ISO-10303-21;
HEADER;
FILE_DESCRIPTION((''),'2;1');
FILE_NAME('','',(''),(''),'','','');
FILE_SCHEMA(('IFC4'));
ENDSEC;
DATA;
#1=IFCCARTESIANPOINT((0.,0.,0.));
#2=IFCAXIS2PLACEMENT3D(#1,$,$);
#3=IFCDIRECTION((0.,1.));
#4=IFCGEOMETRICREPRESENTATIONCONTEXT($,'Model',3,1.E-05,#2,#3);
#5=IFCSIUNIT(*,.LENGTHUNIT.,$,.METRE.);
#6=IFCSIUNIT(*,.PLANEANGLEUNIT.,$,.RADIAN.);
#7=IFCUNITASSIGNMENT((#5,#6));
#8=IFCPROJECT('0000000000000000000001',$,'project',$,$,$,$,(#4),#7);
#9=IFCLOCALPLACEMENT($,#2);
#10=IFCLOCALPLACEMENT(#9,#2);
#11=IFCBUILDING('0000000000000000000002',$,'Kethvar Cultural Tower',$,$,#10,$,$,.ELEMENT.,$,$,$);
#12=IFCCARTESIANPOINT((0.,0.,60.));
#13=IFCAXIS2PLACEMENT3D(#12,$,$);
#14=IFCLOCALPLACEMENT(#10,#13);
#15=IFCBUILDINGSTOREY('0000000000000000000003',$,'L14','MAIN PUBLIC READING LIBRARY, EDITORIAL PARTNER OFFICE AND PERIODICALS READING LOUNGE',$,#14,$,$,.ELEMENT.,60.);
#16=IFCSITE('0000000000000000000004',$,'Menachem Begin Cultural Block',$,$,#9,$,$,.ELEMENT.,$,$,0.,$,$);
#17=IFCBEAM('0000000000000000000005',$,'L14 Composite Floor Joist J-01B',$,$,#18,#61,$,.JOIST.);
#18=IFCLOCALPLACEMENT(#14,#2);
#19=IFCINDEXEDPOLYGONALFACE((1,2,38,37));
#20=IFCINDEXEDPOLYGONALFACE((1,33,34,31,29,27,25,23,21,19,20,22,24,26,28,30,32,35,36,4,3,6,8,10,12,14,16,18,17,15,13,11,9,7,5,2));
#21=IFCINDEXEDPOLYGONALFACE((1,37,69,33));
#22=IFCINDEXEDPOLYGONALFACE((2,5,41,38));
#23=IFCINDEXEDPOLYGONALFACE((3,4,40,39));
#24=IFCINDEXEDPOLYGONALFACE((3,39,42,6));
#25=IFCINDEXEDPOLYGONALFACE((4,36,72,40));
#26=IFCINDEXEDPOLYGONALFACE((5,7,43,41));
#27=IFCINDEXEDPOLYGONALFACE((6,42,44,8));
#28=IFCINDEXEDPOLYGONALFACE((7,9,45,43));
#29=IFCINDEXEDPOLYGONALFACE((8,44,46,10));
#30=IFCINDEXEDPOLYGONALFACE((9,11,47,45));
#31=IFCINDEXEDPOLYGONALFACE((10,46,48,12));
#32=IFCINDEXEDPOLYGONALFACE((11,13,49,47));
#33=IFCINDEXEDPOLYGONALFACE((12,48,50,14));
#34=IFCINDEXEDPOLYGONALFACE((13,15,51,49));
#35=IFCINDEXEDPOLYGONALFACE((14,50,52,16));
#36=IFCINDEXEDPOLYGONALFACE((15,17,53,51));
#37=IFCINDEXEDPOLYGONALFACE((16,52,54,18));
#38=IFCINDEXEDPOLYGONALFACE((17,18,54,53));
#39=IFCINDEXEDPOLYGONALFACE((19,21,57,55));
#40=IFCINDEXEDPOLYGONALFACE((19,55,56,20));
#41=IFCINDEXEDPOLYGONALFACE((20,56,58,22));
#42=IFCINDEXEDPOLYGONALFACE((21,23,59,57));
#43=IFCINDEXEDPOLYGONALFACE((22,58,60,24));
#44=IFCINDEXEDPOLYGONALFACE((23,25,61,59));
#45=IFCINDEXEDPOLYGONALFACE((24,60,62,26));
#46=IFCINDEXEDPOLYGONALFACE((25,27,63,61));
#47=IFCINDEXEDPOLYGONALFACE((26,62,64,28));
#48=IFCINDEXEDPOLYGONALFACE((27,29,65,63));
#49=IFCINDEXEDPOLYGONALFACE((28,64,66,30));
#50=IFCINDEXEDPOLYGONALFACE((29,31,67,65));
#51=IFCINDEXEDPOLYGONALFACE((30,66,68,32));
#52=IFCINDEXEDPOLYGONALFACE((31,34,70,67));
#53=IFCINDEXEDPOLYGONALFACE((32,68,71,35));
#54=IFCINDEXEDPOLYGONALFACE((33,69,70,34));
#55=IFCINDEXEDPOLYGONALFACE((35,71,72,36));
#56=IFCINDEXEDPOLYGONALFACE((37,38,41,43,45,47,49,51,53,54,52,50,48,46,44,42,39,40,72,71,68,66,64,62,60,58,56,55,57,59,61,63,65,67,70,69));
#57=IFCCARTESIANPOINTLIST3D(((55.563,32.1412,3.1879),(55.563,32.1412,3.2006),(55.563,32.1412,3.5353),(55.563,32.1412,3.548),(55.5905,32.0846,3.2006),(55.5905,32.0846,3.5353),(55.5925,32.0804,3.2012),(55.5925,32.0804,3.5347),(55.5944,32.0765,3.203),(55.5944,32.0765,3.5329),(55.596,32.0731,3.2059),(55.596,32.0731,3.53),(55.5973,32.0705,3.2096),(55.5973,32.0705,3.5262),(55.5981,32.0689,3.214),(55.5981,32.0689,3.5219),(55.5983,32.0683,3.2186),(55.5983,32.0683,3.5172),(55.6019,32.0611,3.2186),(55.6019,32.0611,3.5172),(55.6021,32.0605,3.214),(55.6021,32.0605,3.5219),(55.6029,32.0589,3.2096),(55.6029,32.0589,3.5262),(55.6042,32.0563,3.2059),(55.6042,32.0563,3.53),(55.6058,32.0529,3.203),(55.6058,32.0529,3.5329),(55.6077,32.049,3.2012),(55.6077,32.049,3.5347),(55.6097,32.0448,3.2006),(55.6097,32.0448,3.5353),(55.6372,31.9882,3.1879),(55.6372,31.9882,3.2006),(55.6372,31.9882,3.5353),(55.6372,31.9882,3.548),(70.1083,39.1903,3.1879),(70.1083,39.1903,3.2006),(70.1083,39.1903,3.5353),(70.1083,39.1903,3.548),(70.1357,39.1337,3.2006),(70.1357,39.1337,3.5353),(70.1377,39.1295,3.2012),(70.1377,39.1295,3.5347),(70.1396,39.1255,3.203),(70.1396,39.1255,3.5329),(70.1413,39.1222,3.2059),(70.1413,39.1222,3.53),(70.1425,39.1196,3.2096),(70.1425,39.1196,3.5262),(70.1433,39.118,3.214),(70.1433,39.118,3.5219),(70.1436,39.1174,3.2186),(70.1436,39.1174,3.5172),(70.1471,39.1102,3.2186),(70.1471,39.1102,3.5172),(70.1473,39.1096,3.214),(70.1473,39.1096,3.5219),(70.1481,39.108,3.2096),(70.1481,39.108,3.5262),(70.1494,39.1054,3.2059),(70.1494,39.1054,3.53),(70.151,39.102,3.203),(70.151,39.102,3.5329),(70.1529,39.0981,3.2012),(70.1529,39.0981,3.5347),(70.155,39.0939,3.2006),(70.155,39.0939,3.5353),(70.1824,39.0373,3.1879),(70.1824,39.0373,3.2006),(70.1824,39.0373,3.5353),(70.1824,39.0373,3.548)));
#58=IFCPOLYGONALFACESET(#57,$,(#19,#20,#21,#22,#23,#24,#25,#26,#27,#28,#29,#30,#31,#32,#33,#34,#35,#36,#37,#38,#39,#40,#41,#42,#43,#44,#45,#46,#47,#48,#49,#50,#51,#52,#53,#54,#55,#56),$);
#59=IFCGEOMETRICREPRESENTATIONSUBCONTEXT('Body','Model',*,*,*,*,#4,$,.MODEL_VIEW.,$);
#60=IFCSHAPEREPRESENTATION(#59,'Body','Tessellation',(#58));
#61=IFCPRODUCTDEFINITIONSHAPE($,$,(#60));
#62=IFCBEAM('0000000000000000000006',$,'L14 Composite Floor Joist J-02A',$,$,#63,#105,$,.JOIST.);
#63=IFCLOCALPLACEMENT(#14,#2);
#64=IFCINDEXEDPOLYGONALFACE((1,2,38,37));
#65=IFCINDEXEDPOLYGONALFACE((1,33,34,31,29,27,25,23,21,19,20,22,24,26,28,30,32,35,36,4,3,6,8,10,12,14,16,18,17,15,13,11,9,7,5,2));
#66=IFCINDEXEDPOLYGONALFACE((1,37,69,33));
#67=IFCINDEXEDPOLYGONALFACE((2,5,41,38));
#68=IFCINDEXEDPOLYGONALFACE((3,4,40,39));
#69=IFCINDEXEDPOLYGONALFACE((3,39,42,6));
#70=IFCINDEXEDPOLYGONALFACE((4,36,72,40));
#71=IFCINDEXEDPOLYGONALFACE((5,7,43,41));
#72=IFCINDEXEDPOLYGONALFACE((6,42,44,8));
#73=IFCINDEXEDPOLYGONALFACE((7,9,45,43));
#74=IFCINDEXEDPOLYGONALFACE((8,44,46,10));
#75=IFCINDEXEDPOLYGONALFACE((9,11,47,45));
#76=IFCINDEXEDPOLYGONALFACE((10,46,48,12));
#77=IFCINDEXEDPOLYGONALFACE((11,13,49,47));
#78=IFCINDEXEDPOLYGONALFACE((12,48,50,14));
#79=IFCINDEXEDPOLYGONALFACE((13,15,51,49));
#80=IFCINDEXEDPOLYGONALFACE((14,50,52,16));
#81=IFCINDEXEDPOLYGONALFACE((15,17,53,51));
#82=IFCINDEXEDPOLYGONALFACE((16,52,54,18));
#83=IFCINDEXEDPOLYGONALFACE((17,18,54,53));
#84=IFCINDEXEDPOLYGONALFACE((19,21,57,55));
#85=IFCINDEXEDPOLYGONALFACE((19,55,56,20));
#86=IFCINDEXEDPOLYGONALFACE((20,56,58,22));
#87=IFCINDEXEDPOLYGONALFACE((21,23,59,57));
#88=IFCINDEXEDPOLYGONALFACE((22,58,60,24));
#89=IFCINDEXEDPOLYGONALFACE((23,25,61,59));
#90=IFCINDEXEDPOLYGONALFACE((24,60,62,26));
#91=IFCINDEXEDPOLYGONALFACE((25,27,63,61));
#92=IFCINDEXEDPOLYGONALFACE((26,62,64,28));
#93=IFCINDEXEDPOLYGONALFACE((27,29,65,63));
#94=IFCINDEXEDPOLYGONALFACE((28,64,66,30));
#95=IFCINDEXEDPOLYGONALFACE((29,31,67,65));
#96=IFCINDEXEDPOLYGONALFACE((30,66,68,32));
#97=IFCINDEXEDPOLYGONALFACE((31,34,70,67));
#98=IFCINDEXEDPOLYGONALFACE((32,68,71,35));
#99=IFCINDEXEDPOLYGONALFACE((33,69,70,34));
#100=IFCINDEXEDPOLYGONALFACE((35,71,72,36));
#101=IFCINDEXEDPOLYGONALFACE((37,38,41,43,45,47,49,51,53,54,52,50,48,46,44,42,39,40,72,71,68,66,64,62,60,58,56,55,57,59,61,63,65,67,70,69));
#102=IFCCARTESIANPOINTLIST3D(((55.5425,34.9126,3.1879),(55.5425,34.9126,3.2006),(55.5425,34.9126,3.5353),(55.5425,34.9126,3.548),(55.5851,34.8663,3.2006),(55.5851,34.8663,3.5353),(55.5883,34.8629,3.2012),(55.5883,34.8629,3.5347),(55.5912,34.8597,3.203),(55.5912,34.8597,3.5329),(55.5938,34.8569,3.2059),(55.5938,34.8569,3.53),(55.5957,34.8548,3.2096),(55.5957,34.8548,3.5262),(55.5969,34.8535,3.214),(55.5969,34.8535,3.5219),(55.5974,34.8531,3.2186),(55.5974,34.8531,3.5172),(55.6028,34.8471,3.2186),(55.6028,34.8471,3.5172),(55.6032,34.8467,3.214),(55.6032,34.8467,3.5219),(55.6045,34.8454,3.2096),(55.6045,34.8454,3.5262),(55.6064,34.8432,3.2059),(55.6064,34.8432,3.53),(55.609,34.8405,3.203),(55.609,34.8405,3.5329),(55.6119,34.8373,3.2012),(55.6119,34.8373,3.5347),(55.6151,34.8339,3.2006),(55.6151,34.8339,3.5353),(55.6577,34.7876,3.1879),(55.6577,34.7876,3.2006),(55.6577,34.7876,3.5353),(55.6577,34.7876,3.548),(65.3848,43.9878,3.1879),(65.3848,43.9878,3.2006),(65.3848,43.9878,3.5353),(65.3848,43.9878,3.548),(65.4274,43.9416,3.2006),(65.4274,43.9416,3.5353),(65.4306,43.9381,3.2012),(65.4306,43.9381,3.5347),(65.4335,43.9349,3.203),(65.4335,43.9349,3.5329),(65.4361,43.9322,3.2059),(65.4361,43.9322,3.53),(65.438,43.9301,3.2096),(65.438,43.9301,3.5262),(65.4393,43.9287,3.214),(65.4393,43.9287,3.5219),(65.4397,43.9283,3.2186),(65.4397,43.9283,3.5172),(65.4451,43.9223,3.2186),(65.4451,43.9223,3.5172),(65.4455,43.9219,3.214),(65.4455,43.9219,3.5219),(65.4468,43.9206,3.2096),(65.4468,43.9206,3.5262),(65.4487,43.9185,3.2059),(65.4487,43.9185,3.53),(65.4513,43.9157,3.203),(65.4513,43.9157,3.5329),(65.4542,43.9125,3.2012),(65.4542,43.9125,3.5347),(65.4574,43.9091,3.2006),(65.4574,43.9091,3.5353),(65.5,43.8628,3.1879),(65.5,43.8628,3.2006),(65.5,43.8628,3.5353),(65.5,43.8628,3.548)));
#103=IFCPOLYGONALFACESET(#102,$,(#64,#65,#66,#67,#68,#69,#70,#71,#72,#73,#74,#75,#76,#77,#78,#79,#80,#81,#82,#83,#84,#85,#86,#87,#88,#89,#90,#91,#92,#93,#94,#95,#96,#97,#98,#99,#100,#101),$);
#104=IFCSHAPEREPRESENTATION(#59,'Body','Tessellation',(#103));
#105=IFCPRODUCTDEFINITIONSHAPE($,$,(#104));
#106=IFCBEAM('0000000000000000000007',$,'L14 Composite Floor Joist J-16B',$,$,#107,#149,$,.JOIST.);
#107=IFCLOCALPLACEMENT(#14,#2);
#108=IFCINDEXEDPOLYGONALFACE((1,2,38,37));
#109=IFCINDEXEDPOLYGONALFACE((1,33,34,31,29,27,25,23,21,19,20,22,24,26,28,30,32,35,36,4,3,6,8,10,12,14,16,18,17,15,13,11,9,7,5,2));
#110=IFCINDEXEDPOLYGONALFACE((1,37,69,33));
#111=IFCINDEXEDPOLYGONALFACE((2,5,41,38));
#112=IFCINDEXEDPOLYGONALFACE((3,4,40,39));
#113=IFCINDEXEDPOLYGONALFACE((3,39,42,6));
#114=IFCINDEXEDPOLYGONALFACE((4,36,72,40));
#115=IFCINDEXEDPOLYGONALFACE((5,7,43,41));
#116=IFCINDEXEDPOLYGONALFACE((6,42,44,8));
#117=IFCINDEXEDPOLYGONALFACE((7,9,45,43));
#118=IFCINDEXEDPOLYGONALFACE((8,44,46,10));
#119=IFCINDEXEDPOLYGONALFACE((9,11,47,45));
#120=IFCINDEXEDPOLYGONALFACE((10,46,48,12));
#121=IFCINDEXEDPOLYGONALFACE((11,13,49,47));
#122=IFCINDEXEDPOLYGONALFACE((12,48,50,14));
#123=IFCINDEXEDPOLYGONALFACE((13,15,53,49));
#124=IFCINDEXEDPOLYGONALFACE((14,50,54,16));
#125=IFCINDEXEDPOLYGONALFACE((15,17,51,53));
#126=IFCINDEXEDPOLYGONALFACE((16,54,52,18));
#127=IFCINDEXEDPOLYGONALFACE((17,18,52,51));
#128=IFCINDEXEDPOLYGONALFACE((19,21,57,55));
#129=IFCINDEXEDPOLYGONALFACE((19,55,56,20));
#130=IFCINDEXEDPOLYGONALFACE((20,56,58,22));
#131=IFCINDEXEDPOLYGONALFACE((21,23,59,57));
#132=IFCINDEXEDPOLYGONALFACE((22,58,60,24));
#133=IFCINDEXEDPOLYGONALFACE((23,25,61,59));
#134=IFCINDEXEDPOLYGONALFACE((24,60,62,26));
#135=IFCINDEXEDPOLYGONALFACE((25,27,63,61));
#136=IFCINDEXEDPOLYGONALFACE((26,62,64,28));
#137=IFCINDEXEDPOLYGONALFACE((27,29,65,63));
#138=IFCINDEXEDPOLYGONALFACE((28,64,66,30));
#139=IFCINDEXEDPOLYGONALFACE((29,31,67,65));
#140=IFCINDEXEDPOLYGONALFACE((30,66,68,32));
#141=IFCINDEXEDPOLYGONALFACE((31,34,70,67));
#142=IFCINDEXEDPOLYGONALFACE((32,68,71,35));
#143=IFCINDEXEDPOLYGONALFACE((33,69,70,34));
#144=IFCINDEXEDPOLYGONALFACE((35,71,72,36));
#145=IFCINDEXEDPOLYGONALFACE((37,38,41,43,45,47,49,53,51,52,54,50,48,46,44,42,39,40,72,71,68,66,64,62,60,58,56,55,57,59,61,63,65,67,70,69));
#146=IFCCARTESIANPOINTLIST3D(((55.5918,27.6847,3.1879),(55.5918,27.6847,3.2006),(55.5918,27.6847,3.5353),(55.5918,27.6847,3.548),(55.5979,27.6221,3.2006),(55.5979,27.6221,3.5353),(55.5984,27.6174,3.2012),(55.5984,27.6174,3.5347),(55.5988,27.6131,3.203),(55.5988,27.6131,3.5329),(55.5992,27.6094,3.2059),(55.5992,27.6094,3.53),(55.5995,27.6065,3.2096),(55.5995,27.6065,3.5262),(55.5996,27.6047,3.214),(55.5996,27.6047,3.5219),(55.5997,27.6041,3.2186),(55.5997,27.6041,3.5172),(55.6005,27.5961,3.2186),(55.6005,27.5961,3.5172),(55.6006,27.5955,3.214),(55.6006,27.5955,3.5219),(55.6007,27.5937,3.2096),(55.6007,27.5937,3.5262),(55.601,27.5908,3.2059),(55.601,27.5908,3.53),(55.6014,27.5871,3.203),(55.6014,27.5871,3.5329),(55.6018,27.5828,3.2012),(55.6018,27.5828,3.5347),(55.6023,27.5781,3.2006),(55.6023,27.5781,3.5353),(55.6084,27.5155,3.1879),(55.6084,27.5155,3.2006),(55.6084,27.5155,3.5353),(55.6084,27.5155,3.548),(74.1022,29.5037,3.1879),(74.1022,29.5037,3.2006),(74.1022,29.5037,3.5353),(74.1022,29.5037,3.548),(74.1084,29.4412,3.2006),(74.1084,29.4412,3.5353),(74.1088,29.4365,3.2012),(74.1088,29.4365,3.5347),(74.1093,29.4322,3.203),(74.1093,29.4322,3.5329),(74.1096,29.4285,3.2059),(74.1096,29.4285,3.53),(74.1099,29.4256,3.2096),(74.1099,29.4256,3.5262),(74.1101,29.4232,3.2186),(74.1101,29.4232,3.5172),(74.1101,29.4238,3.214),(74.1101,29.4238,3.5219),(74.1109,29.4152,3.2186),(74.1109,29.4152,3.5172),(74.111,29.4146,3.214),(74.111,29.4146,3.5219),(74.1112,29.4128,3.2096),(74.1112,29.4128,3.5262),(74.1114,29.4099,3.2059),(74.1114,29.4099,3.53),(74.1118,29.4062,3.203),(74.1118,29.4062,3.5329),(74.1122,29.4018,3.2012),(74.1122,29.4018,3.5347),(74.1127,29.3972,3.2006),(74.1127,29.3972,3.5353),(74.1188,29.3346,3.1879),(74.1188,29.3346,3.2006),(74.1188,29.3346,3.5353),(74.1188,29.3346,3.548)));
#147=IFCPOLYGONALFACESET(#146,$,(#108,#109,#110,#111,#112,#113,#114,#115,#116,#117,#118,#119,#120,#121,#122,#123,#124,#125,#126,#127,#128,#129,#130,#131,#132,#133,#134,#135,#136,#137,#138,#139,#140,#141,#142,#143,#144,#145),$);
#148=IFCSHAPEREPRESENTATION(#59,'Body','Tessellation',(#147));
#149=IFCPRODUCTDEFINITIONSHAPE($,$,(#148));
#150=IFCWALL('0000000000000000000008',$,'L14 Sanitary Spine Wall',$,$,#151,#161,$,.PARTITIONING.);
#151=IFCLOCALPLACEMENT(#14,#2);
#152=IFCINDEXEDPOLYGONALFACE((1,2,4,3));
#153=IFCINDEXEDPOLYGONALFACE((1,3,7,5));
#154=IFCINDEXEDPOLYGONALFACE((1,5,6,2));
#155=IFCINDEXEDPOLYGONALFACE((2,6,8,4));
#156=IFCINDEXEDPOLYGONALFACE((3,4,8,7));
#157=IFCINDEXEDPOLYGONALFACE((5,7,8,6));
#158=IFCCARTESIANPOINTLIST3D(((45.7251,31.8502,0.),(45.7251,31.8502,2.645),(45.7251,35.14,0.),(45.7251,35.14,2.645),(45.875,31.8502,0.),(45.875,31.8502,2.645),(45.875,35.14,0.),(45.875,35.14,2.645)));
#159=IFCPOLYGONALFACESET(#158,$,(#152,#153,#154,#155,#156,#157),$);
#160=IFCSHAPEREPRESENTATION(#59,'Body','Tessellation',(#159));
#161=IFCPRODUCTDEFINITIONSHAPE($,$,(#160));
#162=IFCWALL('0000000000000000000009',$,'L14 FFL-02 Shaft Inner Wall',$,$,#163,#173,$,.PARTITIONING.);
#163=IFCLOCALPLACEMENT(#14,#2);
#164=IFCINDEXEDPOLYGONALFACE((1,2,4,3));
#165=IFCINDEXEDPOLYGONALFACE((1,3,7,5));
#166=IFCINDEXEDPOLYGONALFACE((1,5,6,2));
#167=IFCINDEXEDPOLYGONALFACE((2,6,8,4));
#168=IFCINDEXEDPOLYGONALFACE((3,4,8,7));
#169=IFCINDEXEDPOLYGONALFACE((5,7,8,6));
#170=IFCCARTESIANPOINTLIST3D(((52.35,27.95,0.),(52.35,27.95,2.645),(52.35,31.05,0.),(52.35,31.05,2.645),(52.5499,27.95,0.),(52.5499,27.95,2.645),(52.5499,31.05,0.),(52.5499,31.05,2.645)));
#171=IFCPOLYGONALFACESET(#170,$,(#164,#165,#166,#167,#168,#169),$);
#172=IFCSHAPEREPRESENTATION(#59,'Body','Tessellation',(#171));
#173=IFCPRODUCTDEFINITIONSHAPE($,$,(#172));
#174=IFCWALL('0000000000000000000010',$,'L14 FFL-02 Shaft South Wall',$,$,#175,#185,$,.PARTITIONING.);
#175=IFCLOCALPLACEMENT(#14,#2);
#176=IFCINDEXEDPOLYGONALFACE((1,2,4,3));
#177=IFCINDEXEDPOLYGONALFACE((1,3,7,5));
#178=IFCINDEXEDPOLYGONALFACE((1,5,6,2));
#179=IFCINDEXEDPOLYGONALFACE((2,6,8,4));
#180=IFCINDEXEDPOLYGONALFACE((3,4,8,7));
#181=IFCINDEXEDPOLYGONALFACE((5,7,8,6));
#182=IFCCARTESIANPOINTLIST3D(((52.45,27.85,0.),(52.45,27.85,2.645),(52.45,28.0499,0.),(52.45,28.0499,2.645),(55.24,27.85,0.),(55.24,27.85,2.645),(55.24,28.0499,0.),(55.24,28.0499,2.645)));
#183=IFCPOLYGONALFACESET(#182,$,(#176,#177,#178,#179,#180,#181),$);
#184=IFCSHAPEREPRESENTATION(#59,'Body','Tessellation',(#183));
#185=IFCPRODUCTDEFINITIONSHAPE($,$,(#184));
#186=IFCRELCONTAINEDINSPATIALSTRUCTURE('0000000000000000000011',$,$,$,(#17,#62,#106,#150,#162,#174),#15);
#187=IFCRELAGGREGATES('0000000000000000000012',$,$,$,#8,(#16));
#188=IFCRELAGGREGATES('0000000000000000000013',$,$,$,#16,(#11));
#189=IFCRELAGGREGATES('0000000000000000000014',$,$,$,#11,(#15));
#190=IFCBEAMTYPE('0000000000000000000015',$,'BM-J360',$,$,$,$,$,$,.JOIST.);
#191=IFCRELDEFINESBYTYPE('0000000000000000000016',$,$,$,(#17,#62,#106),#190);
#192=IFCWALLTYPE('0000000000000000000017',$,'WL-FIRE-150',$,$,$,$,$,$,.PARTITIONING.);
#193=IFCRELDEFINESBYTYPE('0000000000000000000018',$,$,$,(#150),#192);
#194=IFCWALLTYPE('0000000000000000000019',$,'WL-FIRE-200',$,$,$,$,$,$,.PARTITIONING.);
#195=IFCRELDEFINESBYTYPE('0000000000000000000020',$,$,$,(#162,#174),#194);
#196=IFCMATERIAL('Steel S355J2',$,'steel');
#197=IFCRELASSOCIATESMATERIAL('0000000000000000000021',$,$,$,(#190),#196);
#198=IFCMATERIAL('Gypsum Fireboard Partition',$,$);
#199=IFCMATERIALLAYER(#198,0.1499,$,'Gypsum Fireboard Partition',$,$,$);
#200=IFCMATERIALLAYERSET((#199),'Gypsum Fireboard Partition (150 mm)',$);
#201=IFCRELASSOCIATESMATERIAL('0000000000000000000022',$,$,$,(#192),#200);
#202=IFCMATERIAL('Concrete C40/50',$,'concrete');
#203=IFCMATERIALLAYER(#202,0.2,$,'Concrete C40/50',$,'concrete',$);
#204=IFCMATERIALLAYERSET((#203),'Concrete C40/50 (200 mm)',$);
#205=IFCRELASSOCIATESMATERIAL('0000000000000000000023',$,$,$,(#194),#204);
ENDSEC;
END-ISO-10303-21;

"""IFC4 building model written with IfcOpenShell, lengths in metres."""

from ifc_helpers import new_model, si_unit, direction, frame, frame_2d, origin, origin_2d, place, context, subcontext, project, spatial, rectangle, i_section, extrude, source, transform, mapped, material, layer, layer_set, material_profile, profile_set, type_object, element, save


model = new_model("IFC4")

# Units and contexts
model_context = context("Model", 3, precision=1e-05, world=origin(), true_north=direction((0.0, 1.0)))
body_context = subcontext(model_context, "Body", "Model", "MODEL_VIEW")
ifc_project = project(units=[si_unit("LENGTHUNIT", "METRE"), si_unit("PLANEANGLEUNIT", "RADIAN")], contexts=[model_context])

# Site, building, storey
site_placement = place(None, origin())
site = spatial("IfcSite", under=ifc_project, at=site_placement, Name="Menachem Begin Cultural Block", CompositionType="ELEMENT", RefElevation=0.0)
building_placement = place(site_placement, origin())
building = spatial("IfcBuilding", under=site, at=building_placement, Name="Kethvar Cultural Tower", CompositionType="ELEMENT")
storey_placement = place(building_placement, frame((0.0, 0.0, 60.0)))
storey = spatial("IfcBuildingStorey", under=building, at=storey_placement, Name="L14", Description="MAIN PUBLIC READING LIBRARY, EDITORIAL PARTNER OFFICE AND PERIODICALS READING LOUNGE", CompositionType="ELEMENT", Elevation=60.0)

# Beams
ifc_material_1 = material(Name="Steel S355J2", Category="steel")
ifc_material_profile_1 = material_profile(ifc_material_1, i_section(OverallWidth=0.1699, OverallDepth=0.3601, WebThickness=0.0081, FlangeThickness=0.0127, FilletRadius=0.0181, at=origin_2d()), Name="Steel S355J2 — IPE360")
ifc_profile_set_1 = profile_set([ifc_material_profile_1], Name="Steel S355J2 — IPE360")
beam_type_1 = type_object("IfcBeamType", Name="BM-J360", PredefinedType="JOIST", material=ifc_profile_set_1)
shared_shape_1 = source(origin(), body_context, "Body", "SweptSolid", [
    extrude(i_section(OverallWidth=0.1699, OverallDepth=0.3601, WebThickness=0.0081, FlangeThickness=0.0127, FilletRadius=0.0181, at=origin_2d()), origin(), (0.0, 0.0, 1.0), 16.1633),
])
beam_1_placement = place(storey_placement, frame((55.6001, 32.0647, 3.3679), z_axis=(0.89989, 0.436117, 0.0), x_axis=(-0.436117, 0.89989, 0.0)))
element("IfcBeam", 1, at=beam_1_placement, inside=storey, type_object=beam_type_1, Name="L14 Composite Floor Joist J-01B", PredefinedType="JOIST", context=body_context, shape_type="MappedRepresentation", body=[
    mapped(shared_shape_1, transform((0.0, 0.0, 0.0), scale=1.0)),
])
shared_shape_2 = source(origin(), body_context, "Body", "SweptSolid", [
    extrude(i_section(OverallWidth=0.1699, OverallDepth=0.3601, WebThickness=0.0081, FlangeThickness=0.0127, FilletRadius=0.0181, at=origin_2d()), origin(), (0.0, 0.0, 1.0), 13.3877),
])
beam_2_placement = place(storey_placement, frame((55.6001, 34.8501, 3.3679), z_axis=(0.735175, 0.677877, 0.0), x_axis=(-0.677877, 0.735175, 0.0)))
element("IfcBeam", 2, at=beam_2_placement, inside=storey, type_object=beam_type_1, Name="L14 Composite Floor Joist J-02A", PredefinedType="JOIST", context=body_context, shape_type="MappedRepresentation", body=[
    mapped(shared_shape_2, transform((0.0, 0.0, 0.0), scale=1.0)),
])
shared_shape_3 = source(origin(), body_context, "Body", "SweptSolid", [
    extrude(i_section(OverallWidth=0.1699, OverallDepth=0.3601, WebThickness=0.0081, FlangeThickness=0.0127, FilletRadius=0.0181, at=origin_2d()), origin(), (0.0, 0.0, 1.0), 18.5996),
])
beam_3_placement = place(storey_placement, frame((55.6001, 27.6001, 3.3679), z_axis=(0.995206, 0.097802, 0.0), x_axis=(-0.097802, 0.995206, 0.0)))
element("IfcBeam", 3, at=beam_3_placement, inside=storey, type_object=beam_type_1, Name="L14 Composite Floor Joist J-16B", PredefinedType="JOIST", context=body_context, shape_type="MappedRepresentation", body=[
    mapped(shared_shape_3, transform((0.0, 0.0, 0.0), scale=1.0)),
])

# Walls
ifc_material_2 = material(Name="Gypsum Fireboard Partition")
ifc_layer_1 = layer(ifc_material_2, 0.1499, Name="Gypsum Fireboard Partition")
ifc_layer_set_1 = layer_set([ifc_layer_1], Name="Gypsum Fireboard Partition (150 mm)")
wall_type_1 = type_object("IfcWallType", Name="WL-FIRE-150", PredefinedType="PARTITIONING", material=ifc_layer_set_1)
wall_1_placement = place(storey_placement, frame((45.8, 31.8501, 0.0), z_axis=(0.0, 0.0, 1.0), x_axis=(0.0, 1.0, 0.0)))
element("IfcWall", 4, at=wall_1_placement, inside=storey, type_object=wall_type_1, Name="L14 Sanitary Spine Wall", PredefinedType="PARTITIONING", context=body_context, shape_type="SweptSolid", body=[
    extrude(rectangle(XDim=3.2898, YDim=0.1499, at=frame_2d((1.645, 0.0))), origin(), (0.0, 0.0, 1.0), 2.645),
])
ifc_material_3 = material(Name="Concrete C40/50", Category="concrete")
ifc_layer_2 = layer(ifc_material_3, 0.2, Name="Concrete C40/50", Category="concrete")
ifc_layer_set_2 = layer_set([ifc_layer_2], Name="Concrete C40/50 (200 mm)")
wall_type_2 = type_object("IfcWallType", Name="WL-FIRE-200", PredefinedType="PARTITIONING", material=ifc_layer_set_2)
wall_2_placement = place(storey_placement, frame((52.45, 27.95, 0.0), z_axis=(0.0, 0.0, 1.0), x_axis=(0.0, 1.0, 0.0)))
element("IfcWall", 5, at=wall_2_placement, inside=storey, type_object=wall_type_2, Name="L14 FFL-02 Shaft Inner Wall", PredefinedType="PARTITIONING", context=body_context, shape_type="SweptSolid", body=[
    extrude(rectangle(XDim=3.1001, YDim=0.2, at=frame_2d((1.55, 0.0))), origin(), (0.0, 0.0, 1.0), 2.645),
])
for number, where, z_axis, x_axis, name in (
    (6, (52.45, 27.95, 0.0), (0.0, 0.0, 1.0), (1.0, 0.0, 0.0), "L14 FFL-02 Shaft South Wall"),
):
    element("IfcWall", number, at=place(storey_placement, frame(where, z_axis=z_axis, x_axis=x_axis)), inside=storey, type_object=wall_type_2, Name=name, PredefinedType="PARTITIONING", context=body_context, shape_type="SweptSolid", body=[
        extrude(rectangle(XDim=2.79, YDim=0.2, at=frame_2d((1.395, 0.0))), origin(), (0.0, 0.0, 1.0), 2.645),
    ])

save(model, "model.ifc")
